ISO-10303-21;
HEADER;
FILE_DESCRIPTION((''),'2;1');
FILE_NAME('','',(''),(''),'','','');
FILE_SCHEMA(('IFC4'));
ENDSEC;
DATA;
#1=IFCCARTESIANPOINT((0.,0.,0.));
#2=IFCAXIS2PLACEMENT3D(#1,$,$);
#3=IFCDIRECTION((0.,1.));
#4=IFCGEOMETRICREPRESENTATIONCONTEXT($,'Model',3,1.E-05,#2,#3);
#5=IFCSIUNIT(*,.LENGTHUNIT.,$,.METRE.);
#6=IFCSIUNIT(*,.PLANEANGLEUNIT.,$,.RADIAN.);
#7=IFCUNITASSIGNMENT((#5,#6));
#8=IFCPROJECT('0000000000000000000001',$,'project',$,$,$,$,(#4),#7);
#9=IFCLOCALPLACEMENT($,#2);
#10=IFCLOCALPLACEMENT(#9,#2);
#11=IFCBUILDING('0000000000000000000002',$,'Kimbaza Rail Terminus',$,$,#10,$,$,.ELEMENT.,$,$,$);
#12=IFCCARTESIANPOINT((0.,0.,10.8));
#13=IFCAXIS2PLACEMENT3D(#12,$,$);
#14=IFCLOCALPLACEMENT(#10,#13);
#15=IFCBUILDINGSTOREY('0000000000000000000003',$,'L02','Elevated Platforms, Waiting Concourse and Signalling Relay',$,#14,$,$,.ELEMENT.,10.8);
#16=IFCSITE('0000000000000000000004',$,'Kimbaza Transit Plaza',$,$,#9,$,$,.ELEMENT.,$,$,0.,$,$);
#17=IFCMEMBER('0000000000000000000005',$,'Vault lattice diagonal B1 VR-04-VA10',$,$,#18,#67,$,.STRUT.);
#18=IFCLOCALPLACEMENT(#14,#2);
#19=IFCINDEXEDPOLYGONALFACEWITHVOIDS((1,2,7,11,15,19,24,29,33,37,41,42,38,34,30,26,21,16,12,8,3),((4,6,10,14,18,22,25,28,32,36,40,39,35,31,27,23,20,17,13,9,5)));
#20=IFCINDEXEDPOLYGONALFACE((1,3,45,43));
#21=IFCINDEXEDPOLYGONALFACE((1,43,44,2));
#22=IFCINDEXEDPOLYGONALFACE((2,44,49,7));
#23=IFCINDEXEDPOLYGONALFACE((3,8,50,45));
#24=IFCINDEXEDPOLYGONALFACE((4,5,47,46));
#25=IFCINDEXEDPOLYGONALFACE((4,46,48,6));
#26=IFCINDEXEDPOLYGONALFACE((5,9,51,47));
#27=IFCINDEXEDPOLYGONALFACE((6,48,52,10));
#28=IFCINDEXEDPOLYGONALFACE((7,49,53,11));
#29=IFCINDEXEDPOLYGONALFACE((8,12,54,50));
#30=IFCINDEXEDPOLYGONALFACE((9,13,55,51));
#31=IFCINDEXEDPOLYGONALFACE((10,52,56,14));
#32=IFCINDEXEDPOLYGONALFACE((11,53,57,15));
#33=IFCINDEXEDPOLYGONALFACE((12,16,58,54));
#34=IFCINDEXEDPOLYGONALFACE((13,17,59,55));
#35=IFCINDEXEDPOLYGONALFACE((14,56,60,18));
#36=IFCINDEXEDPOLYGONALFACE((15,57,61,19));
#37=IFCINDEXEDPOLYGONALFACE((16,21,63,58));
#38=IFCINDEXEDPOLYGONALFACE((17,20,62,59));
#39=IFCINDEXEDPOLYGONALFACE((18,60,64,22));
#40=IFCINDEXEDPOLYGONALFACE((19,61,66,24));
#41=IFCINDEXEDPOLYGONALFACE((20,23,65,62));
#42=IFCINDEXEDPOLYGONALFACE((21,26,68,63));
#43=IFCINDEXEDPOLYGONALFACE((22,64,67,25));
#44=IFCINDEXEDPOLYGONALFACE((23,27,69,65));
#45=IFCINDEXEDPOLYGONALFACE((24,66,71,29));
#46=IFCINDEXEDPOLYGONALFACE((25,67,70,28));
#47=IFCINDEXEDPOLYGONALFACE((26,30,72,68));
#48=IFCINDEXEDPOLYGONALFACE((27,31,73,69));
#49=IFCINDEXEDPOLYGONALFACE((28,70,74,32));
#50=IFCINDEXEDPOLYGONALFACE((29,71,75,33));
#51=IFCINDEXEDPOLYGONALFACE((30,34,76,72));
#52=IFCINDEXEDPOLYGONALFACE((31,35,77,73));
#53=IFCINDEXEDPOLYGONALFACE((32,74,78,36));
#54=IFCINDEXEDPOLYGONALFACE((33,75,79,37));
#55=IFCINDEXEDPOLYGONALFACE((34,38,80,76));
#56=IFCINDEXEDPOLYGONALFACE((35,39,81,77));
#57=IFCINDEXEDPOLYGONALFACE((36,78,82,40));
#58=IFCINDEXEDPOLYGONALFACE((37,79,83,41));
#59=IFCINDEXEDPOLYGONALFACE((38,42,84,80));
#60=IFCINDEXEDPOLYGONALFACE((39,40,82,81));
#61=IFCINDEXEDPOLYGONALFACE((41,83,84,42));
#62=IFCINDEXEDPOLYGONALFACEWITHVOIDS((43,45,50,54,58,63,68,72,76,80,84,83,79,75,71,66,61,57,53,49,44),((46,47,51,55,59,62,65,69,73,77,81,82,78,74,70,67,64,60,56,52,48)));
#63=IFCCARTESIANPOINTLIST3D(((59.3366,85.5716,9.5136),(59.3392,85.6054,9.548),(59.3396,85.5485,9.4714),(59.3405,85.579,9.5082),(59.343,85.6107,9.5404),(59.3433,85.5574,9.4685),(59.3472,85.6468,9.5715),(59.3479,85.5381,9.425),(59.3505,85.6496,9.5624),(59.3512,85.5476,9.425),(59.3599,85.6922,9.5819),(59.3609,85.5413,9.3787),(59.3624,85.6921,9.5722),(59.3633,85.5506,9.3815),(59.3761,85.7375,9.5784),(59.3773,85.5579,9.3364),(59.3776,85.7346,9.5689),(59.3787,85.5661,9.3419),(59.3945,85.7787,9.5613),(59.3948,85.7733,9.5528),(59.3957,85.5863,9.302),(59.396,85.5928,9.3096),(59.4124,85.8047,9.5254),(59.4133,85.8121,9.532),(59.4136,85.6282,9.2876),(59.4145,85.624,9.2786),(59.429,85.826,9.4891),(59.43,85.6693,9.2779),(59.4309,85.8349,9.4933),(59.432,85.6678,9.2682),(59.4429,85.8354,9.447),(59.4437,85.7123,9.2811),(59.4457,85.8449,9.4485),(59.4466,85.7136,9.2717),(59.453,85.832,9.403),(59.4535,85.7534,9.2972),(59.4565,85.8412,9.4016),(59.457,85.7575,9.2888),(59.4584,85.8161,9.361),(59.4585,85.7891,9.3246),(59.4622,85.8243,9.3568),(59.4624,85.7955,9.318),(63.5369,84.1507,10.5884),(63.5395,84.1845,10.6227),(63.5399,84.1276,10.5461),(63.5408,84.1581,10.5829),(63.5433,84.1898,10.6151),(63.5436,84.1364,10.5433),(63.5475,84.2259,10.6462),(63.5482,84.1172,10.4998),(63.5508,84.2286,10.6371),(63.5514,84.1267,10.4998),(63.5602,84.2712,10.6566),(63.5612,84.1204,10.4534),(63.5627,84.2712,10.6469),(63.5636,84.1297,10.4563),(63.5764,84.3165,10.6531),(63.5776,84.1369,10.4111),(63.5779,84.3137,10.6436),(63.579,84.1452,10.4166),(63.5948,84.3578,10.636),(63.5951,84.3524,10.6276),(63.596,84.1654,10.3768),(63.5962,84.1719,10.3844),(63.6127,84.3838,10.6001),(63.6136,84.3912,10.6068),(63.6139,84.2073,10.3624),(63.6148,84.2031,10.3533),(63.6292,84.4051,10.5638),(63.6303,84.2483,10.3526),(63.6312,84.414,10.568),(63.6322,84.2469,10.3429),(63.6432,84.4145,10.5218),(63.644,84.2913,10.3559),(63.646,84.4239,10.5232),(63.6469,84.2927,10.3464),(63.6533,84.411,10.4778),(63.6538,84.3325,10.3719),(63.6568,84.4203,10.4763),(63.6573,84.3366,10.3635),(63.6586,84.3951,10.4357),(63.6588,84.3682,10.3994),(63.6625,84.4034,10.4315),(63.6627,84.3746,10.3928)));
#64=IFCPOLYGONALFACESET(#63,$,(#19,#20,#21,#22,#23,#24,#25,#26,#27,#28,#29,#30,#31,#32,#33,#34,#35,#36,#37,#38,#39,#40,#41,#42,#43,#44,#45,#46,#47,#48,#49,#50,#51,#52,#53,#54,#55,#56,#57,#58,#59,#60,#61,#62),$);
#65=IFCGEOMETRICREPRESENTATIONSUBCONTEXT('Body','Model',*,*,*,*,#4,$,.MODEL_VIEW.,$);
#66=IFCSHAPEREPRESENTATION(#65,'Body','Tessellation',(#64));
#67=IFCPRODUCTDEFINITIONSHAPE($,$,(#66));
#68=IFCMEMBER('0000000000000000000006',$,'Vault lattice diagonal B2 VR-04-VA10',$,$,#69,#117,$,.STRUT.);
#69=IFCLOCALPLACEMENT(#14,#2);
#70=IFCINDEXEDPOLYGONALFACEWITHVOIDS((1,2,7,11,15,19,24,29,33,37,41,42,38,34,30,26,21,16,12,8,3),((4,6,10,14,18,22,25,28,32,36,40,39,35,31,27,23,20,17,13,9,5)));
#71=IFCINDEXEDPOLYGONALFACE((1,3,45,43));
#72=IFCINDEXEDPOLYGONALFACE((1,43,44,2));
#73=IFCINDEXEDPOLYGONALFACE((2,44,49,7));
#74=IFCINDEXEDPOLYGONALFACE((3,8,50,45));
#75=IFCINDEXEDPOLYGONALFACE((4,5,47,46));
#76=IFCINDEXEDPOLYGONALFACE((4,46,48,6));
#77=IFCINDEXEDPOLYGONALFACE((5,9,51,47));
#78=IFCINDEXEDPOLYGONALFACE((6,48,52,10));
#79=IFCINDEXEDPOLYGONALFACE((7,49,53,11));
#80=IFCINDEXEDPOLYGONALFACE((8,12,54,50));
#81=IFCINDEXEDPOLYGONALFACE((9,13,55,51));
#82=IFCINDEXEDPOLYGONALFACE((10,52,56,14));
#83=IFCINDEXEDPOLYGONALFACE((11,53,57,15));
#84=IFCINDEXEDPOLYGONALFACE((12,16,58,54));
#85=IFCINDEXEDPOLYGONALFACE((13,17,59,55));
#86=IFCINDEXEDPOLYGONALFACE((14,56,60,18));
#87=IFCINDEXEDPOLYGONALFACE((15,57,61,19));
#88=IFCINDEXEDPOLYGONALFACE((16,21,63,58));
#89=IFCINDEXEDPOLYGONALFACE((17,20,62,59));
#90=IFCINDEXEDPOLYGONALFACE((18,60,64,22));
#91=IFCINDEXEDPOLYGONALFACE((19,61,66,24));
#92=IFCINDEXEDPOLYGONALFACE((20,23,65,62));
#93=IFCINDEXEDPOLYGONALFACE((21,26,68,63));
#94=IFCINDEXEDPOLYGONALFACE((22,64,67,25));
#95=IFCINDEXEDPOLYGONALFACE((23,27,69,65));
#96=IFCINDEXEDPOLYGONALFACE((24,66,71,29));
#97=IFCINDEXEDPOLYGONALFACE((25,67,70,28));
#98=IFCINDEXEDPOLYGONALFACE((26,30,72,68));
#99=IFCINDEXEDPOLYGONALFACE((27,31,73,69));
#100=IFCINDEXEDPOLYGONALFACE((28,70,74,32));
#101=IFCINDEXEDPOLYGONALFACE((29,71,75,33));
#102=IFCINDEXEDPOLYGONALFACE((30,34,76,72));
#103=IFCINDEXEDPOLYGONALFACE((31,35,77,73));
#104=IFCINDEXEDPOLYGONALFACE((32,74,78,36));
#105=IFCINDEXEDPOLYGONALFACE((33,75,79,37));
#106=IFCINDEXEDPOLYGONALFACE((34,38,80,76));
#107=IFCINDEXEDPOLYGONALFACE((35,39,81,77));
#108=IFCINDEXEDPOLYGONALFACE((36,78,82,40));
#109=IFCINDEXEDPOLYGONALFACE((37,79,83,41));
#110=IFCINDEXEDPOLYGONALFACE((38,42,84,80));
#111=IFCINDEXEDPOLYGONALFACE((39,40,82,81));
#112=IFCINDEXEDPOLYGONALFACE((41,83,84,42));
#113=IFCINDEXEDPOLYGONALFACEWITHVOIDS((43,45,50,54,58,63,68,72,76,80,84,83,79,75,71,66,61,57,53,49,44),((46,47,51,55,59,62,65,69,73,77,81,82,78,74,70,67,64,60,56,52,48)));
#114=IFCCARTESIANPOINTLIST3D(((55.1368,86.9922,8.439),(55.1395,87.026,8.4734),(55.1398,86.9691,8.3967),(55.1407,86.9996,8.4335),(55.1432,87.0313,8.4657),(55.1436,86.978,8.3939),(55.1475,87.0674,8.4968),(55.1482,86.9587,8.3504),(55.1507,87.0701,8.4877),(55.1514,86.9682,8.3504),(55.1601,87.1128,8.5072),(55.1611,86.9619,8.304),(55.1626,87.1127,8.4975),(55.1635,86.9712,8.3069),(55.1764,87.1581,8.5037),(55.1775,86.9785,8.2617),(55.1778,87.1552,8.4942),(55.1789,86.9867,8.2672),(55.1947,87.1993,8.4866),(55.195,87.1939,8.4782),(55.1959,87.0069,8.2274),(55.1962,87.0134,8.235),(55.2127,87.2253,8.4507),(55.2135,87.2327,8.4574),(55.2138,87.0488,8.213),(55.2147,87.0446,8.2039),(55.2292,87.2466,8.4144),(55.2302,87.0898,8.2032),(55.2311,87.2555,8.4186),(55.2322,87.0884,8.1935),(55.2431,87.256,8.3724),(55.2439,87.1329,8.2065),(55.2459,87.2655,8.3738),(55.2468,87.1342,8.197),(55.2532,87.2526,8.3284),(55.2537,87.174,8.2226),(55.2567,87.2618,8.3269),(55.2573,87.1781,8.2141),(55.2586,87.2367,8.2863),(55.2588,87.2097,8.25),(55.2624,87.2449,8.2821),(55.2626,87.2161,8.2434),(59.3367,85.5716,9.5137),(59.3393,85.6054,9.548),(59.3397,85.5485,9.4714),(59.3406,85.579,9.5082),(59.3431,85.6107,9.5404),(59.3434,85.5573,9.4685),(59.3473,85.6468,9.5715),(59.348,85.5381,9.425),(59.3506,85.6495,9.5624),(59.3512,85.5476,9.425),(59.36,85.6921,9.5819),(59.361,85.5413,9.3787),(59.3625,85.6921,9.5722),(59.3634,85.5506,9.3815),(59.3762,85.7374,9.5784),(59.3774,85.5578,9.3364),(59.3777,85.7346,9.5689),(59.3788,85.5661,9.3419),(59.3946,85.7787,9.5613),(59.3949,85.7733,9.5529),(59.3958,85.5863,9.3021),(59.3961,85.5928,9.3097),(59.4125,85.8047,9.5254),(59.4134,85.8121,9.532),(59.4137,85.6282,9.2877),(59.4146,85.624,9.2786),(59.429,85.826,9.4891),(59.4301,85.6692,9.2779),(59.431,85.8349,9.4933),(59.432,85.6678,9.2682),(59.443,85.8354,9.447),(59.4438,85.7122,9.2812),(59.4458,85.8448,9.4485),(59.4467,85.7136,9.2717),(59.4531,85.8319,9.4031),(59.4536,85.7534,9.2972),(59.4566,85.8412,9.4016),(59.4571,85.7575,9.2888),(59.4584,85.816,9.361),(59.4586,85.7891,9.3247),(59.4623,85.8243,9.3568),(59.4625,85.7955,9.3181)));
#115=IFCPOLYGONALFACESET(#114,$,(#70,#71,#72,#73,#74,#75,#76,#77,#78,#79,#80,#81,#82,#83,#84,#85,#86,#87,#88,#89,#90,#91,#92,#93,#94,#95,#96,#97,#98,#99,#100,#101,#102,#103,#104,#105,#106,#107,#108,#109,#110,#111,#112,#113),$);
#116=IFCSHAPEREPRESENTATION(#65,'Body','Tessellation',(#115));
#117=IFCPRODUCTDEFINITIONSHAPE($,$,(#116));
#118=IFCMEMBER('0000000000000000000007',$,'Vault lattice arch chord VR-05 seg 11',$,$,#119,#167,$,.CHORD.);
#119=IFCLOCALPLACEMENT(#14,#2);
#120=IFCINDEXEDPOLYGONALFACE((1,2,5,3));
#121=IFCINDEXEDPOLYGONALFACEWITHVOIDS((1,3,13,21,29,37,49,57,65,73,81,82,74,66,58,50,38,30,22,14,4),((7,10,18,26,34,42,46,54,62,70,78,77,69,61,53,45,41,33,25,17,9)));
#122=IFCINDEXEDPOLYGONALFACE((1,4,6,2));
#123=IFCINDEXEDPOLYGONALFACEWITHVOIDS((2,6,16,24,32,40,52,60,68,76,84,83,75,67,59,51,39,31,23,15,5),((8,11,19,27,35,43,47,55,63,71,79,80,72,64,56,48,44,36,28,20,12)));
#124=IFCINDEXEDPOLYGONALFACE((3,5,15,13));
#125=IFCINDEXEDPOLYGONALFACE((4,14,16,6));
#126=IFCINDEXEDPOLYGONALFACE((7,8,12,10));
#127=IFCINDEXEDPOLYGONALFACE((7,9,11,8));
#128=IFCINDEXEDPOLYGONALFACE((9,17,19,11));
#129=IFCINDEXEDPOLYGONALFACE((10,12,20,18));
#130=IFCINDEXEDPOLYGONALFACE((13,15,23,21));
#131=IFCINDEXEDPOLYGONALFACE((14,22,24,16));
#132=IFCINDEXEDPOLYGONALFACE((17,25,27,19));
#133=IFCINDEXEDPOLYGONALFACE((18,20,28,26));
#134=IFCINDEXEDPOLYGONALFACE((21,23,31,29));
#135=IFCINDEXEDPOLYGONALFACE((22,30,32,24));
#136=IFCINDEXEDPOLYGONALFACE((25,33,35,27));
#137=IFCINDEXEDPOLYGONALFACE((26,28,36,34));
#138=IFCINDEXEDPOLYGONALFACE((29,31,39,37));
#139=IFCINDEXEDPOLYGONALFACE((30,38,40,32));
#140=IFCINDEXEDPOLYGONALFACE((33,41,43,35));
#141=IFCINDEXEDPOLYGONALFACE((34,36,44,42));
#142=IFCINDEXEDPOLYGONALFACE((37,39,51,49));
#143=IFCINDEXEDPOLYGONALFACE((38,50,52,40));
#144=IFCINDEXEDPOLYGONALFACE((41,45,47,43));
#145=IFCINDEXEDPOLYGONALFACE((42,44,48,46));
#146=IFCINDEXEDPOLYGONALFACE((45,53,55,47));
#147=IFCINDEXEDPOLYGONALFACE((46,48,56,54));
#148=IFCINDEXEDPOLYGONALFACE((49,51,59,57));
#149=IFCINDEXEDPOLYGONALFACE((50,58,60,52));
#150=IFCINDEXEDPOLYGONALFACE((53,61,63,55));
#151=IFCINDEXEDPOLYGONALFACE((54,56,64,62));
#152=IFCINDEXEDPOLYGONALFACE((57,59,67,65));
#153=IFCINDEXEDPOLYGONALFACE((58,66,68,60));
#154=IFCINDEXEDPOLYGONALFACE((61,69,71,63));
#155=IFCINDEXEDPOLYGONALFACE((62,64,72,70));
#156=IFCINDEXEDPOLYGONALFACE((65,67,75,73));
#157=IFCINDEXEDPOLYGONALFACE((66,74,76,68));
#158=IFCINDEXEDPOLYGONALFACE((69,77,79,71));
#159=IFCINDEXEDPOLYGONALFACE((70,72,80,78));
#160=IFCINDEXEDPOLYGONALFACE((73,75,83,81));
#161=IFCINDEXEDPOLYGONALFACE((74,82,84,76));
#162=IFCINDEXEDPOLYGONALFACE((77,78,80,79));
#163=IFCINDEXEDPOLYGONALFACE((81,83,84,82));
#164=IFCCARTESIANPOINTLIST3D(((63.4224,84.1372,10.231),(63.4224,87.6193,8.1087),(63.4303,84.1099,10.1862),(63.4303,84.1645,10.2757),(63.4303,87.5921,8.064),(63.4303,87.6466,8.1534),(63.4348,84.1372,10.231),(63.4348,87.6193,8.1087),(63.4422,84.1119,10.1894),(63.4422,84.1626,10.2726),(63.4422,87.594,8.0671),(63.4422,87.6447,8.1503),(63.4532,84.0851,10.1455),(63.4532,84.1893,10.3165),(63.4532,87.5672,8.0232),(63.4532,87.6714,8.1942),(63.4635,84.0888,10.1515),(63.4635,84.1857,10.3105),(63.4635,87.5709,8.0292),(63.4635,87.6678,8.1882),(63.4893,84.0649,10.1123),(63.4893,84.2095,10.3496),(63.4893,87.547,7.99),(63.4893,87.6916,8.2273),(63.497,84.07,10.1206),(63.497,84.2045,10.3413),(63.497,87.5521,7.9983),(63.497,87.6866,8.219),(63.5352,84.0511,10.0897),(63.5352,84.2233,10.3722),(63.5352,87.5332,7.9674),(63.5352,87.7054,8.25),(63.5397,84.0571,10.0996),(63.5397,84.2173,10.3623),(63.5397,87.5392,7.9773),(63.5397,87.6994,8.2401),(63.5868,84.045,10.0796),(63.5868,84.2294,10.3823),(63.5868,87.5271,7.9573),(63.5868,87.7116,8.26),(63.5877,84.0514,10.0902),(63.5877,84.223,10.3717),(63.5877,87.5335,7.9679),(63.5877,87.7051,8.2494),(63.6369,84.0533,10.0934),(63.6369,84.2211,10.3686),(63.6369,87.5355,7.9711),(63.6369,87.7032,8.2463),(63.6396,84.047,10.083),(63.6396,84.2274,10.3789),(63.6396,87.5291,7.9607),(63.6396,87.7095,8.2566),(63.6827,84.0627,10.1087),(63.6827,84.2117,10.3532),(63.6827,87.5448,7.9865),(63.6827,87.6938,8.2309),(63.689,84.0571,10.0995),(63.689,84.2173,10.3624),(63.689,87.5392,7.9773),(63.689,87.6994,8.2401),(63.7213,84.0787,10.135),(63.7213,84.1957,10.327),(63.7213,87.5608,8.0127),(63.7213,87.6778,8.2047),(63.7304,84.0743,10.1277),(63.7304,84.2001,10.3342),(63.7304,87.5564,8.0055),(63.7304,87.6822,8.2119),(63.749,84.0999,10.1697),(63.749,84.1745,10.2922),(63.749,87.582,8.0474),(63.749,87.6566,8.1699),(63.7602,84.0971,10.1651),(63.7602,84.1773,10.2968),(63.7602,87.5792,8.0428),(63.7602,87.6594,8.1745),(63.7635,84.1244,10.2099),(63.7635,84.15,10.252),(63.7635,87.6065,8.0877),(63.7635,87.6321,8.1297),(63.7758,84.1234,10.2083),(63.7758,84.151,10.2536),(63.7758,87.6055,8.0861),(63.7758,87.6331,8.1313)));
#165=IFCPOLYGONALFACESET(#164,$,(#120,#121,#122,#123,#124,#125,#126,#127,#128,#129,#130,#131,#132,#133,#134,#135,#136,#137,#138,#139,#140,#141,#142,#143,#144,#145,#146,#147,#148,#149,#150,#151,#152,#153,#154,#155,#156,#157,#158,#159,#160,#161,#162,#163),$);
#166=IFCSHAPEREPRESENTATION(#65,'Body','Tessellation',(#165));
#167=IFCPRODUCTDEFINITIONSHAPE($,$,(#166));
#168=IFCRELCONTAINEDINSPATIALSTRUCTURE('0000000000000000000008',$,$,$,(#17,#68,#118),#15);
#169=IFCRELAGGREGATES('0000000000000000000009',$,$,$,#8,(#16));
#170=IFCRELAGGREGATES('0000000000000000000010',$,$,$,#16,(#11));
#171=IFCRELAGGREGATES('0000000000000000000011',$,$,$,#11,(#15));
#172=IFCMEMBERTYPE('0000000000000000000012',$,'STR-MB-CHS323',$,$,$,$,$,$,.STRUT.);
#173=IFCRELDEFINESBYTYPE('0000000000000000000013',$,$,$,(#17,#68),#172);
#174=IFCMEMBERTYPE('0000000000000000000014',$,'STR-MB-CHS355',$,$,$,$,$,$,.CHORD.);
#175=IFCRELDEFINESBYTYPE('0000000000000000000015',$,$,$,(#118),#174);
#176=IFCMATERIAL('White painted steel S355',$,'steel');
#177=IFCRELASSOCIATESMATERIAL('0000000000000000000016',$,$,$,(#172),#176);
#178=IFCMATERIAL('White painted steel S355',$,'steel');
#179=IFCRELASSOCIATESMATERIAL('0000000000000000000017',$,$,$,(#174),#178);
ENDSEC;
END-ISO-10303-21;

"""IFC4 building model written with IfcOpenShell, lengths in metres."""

from ifc_helpers import new_model, si_unit, direction, frame, origin, origin_2d, place, context, subcontext, project, spatial, hollow_circle, extrude, material, material_profile, profile_set, type_object, element, save


model = new_model("IFC4")

# Units and contexts
model_context = context("Model", 3, precision=1e-05, world=origin(), true_north=direction((0.0, 1.0)))
body_context = subcontext(model_context, "Body", "Model", "MODEL_VIEW")
ifc_project = project(units=[si_unit("LENGTHUNIT", "METRE"), si_unit("PLANEANGLEUNIT", "RADIAN")], contexts=[model_context])

# Site, building, storey
site_placement = place(None, origin())
site = spatial("IfcSite", under=ifc_project, at=site_placement, Name="Kimbaza Transit Plaza", CompositionType="ELEMENT", RefElevation=0.0)
building_placement = place(site_placement, origin())
building = spatial("IfcBuilding", under=site, at=building_placement, Name="Kimbaza Rail Terminus", CompositionType="ELEMENT")
storey_placement = place(building_placement, frame((0.0, 0.0, 10.8)))
storey = spatial("IfcBuildingStorey", under=building, at=storey_placement, Name="L02", Description="Elevated Platforms, Waiting Concourse and Signalling Relay", CompositionType="ELEMENT", Elevation=10.8)

# Members
ifc_material_1 = material(Name="White painted steel S355", Category="steel")
ifc_material_profile_1 = material_profile(ifc_material_1, hollow_circle(Radius=0.1619, WallThickness=0.01, at=origin_2d()), Name="CHS 323.9x10")
ifc_profile_set_1 = profile_set([ifc_material_profile_1], Name="White painted steel S355")
member_type_1 = type_object("IfcMemberType", Name="STR-MB-CHS323", PredefinedType="STRUT", material=ifc_profile_set_1)
member_1_placement = place(storey_placement, frame((63.6001, 84.2705, 10.4998), z_axis=(-0.920609, 0.311436, -0.235557), x_axis=(-0.320453, -0.947264, 0.0)))
element("IfcMember", 1, at=member_1_placement, inside=storey, type_object=member_type_1, Name="Vault lattice diagonal B1 VR-04-VA10", PredefinedType="STRUT", context=body_context, shape_type="SweptSolid", body=[
    extrude(hollow_circle(Radius=0.1619, WallThickness=0.01, at=origin_2d()), origin(), (0.0, 0.0, 1.0), 4.5625),
])
member_2_placement = place(storey_placement, frame((59.3999, 85.6914, 9.425), z_axis=(-0.920616, 0.311403, -0.235572), x_axis=(-0.320421, -0.947275, 0.0)))
element("IfcMember", 2, at=member_2_placement, inside=storey, type_object=member_type_1, Name="Vault lattice diagonal B2 VR-04-VA10", PredefinedType="STRUT", context=body_context, shape_type="SweptSolid", body=[
    extrude(hollow_circle(Radius=0.1619, WallThickness=0.01, at=origin_2d()), origin(), (0.0, 0.0, 1.0), 4.562),
])
ifc_material_2 = material(Name="White painted steel S355", Category="steel")
ifc_material_profile_2 = material_profile(ifc_material_2, hollow_circle(Radius=0.1777, WallThickness=0.0125, at=origin_2d()), Name="CHS 355.6x12.5")
ifc_profile_set_2 = profile_set([ifc_material_profile_2], Name="White painted steel S355")
member_type_2 = type_object("IfcMemberType", Name="STR-MB-CHS355", PredefinedType="CHORD", material=ifc_profile_set_2)
member_3_placement = place(storey_placement, frame((63.6001, 84.1372, 10.231), z_axis=(0.0, 0.853901, -0.520435), x_axis=(-1.0, 0.0, 0.0)))
element("IfcMember", 3, at=member_3_placement, inside=storey, type_object=member_type_2, Name="Vault lattice arch chord VR-05 seg 11", PredefinedType="CHORD", context=body_context, shape_type="SweptSolid", body=[
    extrude(hollow_circle(Radius=0.1777, WallThickness=0.0125, at=origin_2d()), origin(), (0.0, 0.0, 1.0), 4.0779),
])

save(model, "model.ifc")
